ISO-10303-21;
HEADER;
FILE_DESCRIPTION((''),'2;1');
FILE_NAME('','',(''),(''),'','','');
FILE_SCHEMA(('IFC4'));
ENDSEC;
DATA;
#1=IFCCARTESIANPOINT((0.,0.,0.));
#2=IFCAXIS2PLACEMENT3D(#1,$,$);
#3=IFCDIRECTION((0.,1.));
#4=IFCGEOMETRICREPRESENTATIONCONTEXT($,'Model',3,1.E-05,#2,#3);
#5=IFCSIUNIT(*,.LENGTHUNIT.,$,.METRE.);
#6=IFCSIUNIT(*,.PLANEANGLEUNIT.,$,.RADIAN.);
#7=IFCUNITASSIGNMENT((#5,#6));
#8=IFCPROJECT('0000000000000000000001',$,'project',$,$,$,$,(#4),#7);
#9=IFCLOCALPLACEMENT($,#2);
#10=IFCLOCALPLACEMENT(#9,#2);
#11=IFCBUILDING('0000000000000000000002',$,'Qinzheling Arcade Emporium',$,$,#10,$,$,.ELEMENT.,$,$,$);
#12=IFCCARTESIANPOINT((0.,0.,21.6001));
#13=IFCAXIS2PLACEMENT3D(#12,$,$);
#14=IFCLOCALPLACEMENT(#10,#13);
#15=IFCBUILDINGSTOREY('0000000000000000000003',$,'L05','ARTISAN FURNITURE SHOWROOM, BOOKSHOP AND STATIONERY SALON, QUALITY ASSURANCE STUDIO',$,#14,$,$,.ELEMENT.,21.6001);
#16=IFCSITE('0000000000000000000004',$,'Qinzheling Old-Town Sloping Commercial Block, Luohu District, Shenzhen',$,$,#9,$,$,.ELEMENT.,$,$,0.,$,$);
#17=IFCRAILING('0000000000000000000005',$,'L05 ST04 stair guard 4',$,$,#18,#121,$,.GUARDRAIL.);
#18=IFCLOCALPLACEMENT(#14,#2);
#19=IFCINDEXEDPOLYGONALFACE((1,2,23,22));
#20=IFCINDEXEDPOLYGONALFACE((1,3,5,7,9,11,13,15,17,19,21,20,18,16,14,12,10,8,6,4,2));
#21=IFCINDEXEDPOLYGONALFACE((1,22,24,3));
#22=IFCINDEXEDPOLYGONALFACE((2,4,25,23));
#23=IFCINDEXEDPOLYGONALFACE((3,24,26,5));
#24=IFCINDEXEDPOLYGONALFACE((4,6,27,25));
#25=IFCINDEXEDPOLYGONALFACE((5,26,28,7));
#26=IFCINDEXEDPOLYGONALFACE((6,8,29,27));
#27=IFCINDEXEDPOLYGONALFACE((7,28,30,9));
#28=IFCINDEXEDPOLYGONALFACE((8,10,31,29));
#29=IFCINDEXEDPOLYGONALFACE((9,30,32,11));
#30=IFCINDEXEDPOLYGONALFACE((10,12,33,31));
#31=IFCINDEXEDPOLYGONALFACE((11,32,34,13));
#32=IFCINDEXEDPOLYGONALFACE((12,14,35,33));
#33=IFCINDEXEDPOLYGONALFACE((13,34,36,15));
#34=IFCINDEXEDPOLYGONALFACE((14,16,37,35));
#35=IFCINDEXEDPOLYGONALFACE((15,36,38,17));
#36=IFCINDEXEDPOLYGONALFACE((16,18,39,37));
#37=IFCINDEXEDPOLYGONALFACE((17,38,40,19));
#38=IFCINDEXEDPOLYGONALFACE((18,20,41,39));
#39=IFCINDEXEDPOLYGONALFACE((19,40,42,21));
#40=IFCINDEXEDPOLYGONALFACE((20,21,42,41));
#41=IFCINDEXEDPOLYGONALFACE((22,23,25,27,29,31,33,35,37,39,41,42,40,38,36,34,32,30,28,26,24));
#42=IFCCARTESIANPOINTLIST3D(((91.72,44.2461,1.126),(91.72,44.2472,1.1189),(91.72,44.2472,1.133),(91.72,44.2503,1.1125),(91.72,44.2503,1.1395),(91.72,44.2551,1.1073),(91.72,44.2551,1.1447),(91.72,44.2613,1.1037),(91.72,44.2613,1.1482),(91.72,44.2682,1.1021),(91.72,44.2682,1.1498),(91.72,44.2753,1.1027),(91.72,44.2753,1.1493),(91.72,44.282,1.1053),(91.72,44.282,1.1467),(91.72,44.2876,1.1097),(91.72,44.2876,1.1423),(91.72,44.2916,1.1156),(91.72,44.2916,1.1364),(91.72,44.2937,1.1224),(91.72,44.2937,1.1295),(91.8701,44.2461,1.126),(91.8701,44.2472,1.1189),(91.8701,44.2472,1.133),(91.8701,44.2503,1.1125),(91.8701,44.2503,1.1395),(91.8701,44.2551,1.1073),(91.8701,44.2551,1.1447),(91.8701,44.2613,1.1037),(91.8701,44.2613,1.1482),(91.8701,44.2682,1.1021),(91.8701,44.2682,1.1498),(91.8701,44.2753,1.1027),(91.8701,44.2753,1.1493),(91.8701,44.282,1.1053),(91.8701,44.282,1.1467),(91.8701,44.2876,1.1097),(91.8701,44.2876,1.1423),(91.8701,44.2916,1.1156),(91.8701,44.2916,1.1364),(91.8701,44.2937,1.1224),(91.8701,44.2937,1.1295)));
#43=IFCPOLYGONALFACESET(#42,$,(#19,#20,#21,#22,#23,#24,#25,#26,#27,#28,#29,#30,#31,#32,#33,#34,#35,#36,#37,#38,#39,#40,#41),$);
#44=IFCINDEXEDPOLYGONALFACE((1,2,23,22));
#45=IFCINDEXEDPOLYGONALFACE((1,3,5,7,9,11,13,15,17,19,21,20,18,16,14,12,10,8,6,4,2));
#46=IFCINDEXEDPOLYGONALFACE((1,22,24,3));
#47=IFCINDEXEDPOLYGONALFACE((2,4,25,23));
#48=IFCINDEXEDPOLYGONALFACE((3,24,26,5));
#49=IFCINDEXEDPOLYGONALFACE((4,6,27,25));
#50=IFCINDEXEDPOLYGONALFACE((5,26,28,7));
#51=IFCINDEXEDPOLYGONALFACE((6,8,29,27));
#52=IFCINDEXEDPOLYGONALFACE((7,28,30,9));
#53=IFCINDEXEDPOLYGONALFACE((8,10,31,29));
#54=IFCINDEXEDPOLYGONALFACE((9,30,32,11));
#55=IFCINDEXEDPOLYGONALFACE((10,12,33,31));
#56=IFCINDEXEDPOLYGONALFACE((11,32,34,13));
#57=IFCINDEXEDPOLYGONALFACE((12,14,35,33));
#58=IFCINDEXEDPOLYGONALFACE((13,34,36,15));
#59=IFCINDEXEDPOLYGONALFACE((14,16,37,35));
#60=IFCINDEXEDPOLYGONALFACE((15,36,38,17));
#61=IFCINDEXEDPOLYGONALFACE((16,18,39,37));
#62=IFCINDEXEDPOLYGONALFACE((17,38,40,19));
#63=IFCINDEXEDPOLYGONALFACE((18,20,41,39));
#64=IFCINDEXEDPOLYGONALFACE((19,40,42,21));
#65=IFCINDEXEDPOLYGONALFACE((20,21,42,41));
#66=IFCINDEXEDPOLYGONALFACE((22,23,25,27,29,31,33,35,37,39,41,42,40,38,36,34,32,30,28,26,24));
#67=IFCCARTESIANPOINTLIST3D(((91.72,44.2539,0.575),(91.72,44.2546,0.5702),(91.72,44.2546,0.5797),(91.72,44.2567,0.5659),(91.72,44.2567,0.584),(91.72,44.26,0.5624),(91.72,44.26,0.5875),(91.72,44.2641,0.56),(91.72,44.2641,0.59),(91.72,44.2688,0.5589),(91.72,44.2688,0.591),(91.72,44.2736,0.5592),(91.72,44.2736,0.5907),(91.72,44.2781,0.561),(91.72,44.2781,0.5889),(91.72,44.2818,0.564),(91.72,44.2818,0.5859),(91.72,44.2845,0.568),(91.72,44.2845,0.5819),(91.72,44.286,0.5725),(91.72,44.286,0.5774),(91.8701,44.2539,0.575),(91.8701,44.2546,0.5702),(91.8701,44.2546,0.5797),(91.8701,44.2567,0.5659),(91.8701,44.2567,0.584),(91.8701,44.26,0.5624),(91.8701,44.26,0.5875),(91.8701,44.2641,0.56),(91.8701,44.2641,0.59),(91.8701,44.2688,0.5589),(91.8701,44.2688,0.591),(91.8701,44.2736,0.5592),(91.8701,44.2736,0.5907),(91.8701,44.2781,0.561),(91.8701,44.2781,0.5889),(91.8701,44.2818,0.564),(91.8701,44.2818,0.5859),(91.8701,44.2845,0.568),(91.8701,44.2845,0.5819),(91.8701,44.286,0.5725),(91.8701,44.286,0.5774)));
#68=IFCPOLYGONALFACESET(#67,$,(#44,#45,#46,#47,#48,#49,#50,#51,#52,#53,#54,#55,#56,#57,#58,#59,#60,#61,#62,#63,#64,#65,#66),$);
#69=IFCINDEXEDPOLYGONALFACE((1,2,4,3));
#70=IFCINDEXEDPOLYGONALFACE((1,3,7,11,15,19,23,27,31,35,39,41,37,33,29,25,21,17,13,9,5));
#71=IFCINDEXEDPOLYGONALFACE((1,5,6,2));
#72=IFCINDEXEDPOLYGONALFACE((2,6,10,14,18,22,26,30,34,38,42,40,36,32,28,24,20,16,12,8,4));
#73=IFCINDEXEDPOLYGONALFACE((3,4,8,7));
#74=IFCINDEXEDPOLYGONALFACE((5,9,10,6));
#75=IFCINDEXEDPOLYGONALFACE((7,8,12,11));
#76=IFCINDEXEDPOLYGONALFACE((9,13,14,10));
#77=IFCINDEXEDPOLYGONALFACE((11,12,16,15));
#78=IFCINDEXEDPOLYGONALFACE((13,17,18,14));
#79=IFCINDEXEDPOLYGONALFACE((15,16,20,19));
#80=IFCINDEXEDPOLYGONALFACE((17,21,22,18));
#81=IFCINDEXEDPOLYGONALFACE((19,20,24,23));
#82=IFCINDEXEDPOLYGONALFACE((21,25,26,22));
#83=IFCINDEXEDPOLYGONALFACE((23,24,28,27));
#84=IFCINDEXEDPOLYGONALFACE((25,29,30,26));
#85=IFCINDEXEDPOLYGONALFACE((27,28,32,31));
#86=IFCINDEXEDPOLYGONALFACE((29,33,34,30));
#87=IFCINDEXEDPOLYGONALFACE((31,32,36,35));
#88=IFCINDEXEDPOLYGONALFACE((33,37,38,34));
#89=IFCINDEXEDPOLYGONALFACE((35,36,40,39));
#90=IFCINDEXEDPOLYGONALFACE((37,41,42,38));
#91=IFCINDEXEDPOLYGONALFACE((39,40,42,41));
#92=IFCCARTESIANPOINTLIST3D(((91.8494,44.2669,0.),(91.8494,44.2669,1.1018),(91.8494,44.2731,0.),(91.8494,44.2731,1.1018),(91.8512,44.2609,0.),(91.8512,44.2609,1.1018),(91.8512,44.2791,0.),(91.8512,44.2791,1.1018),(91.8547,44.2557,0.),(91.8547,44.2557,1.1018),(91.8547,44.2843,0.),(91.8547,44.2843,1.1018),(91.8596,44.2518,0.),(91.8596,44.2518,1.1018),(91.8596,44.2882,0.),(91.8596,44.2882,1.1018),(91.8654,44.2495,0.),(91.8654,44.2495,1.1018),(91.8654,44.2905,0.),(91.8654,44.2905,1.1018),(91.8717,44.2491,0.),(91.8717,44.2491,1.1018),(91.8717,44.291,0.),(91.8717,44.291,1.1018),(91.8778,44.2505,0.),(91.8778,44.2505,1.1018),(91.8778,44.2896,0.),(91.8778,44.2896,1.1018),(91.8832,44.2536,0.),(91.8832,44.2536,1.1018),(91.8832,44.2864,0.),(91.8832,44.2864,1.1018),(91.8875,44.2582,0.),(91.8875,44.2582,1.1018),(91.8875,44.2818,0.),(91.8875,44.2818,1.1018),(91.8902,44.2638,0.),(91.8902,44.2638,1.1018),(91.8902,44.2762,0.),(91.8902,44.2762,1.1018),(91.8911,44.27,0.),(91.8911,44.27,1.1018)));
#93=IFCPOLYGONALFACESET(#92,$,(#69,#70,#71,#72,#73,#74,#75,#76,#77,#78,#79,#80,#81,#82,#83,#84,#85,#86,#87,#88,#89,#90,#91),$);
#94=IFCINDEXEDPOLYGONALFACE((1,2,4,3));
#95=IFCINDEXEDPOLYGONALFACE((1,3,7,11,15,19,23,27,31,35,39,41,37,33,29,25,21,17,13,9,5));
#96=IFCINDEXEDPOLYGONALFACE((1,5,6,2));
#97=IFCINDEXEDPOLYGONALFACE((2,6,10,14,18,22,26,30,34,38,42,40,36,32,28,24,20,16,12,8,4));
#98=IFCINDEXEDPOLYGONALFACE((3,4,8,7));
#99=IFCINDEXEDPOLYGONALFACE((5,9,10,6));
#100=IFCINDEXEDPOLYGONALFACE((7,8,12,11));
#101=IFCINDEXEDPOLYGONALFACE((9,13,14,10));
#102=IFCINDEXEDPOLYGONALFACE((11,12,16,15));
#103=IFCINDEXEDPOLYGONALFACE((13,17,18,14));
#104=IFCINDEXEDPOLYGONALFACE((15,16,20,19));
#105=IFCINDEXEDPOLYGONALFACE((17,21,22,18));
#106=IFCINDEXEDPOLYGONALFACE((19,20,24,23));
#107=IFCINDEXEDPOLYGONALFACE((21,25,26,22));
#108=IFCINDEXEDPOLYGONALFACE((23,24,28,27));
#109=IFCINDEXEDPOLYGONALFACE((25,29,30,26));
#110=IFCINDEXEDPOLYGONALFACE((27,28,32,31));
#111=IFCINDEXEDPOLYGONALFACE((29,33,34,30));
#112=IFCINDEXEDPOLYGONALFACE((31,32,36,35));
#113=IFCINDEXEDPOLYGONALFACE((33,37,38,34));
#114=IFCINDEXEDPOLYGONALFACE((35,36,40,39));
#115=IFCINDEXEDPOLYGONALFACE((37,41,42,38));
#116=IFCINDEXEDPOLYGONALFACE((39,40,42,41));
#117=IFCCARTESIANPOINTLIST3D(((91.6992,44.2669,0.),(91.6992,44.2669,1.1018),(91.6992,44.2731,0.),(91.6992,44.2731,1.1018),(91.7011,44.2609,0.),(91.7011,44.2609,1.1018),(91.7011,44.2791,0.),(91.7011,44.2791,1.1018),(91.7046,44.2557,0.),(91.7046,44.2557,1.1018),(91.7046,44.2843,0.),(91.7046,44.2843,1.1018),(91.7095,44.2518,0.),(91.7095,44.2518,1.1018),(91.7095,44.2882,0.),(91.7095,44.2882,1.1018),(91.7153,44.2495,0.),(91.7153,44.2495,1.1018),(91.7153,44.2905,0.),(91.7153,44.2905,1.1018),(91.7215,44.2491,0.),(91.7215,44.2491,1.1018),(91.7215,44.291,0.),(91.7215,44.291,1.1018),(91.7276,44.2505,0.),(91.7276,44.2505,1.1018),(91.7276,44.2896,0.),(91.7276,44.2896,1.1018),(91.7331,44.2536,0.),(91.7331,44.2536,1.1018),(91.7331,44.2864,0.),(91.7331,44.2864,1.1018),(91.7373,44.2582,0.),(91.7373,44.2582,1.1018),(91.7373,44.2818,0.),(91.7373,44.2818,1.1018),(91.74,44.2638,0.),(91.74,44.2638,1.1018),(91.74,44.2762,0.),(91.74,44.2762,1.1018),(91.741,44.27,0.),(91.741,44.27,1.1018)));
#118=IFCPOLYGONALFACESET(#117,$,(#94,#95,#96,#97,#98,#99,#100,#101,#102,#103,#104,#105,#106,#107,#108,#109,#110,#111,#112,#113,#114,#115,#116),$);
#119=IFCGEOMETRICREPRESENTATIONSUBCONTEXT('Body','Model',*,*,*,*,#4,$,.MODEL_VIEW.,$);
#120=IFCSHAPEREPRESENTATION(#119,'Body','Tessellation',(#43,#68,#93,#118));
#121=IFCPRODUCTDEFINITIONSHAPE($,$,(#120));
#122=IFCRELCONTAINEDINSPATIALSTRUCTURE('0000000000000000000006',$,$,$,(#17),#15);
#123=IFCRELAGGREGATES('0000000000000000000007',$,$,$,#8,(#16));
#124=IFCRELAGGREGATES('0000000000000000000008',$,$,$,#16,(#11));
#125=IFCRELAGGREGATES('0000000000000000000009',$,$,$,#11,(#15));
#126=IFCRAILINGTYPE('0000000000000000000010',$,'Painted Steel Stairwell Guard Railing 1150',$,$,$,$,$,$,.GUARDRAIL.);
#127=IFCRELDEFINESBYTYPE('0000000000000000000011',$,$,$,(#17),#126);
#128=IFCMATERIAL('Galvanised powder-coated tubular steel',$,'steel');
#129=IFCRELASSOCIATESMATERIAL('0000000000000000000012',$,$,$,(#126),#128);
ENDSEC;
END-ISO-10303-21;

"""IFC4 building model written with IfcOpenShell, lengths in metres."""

from ifc_helpers import new_model, si_unit, direction, frame, origin, origin_2d, place, context, subcontext, project, spatial, circle, extrude, material, type_object, element, save


model = new_model("IFC4")

# Units and contexts
model_context = context("Model", 3, precision=1e-05, world=origin(), true_north=direction((0.0, 1.0)))
body_context = subcontext(model_context, "Body", "Model", "MODEL_VIEW")
ifc_project = project(units=[si_unit("LENGTHUNIT", "METRE"), si_unit("PLANEANGLEUNIT", "RADIAN")], contexts=[model_context])

# Site, building, storey
site_placement = place(None, origin())
site = spatial("IfcSite", under=ifc_project, at=site_placement, Name="Qinzheling Old-Town Sloping Commercial Block, Luohu District, Shenzhen", CompositionType="ELEMENT", RefElevation=0.0)
building_placement = place(site_placement, origin())
building = spatial("IfcBuilding", under=site, at=building_placement, Name="Qinzheling Arcade Emporium", CompositionType="ELEMENT")
storey_placement = place(building_placement, frame((0.0, 0.0, 21.6001)))
storey = spatial("IfcBuildingStorey", under=building, at=storey_placement, Name="L05", Description="ARTISAN FURNITURE SHOWROOM, BOOKSHOP AND STATIONERY SALON, QUALITY ASSURANCE STUDIO", CompositionType="ELEMENT", Elevation=21.6001)

# Railing
ifc_material_1 = material(Name="Galvanised powder-coated tubular steel", Category="steel")
railing_type_1 = type_object("IfcRailingType", Name="Painted Steel Stairwell Guard Railing 1150", PredefinedType="GUARDRAIL", material=ifc_material_1)
railing_1_placement = place(storey_placement, frame((91.8701, 44.27, 0.0)))
element("IfcRailing", 1, at=railing_1_placement, inside=storey, type_object=railing_type_1, Name="L05 ST04 stair guard 4", PredefinedType="GUARDRAIL", context=body_context, shape_type="SweptSolid", body=[
    extrude(circle(Radius=0.0239, at=origin_2d()), frame((0.0, 0.0, 1.126), z_axis=(-1.0, 0.0, 0.0), x_axis=(0.0, -1.0, 0.0)), (0.0, 0.0, 1.0), 0.1501),
    extrude(circle(Radius=0.0161, at=origin_2d()), frame((0.0, 0.0, 0.575), z_axis=(-1.0, 0.0, 0.0), x_axis=(0.0, -1.0, 0.0)), (0.0, 0.0, 1.0), 0.1501),
    extrude(circle(Radius=0.021, at=origin_2d()), origin(), (0.0, 0.0, 1.0), 1.1018),
    extrude(circle(Radius=0.021, at=origin_2d()), frame((-0.1501, 0.0, 0.0)), (0.0, 0.0, 1.0), 1.1018),
])

save(model, "model.ifc")
